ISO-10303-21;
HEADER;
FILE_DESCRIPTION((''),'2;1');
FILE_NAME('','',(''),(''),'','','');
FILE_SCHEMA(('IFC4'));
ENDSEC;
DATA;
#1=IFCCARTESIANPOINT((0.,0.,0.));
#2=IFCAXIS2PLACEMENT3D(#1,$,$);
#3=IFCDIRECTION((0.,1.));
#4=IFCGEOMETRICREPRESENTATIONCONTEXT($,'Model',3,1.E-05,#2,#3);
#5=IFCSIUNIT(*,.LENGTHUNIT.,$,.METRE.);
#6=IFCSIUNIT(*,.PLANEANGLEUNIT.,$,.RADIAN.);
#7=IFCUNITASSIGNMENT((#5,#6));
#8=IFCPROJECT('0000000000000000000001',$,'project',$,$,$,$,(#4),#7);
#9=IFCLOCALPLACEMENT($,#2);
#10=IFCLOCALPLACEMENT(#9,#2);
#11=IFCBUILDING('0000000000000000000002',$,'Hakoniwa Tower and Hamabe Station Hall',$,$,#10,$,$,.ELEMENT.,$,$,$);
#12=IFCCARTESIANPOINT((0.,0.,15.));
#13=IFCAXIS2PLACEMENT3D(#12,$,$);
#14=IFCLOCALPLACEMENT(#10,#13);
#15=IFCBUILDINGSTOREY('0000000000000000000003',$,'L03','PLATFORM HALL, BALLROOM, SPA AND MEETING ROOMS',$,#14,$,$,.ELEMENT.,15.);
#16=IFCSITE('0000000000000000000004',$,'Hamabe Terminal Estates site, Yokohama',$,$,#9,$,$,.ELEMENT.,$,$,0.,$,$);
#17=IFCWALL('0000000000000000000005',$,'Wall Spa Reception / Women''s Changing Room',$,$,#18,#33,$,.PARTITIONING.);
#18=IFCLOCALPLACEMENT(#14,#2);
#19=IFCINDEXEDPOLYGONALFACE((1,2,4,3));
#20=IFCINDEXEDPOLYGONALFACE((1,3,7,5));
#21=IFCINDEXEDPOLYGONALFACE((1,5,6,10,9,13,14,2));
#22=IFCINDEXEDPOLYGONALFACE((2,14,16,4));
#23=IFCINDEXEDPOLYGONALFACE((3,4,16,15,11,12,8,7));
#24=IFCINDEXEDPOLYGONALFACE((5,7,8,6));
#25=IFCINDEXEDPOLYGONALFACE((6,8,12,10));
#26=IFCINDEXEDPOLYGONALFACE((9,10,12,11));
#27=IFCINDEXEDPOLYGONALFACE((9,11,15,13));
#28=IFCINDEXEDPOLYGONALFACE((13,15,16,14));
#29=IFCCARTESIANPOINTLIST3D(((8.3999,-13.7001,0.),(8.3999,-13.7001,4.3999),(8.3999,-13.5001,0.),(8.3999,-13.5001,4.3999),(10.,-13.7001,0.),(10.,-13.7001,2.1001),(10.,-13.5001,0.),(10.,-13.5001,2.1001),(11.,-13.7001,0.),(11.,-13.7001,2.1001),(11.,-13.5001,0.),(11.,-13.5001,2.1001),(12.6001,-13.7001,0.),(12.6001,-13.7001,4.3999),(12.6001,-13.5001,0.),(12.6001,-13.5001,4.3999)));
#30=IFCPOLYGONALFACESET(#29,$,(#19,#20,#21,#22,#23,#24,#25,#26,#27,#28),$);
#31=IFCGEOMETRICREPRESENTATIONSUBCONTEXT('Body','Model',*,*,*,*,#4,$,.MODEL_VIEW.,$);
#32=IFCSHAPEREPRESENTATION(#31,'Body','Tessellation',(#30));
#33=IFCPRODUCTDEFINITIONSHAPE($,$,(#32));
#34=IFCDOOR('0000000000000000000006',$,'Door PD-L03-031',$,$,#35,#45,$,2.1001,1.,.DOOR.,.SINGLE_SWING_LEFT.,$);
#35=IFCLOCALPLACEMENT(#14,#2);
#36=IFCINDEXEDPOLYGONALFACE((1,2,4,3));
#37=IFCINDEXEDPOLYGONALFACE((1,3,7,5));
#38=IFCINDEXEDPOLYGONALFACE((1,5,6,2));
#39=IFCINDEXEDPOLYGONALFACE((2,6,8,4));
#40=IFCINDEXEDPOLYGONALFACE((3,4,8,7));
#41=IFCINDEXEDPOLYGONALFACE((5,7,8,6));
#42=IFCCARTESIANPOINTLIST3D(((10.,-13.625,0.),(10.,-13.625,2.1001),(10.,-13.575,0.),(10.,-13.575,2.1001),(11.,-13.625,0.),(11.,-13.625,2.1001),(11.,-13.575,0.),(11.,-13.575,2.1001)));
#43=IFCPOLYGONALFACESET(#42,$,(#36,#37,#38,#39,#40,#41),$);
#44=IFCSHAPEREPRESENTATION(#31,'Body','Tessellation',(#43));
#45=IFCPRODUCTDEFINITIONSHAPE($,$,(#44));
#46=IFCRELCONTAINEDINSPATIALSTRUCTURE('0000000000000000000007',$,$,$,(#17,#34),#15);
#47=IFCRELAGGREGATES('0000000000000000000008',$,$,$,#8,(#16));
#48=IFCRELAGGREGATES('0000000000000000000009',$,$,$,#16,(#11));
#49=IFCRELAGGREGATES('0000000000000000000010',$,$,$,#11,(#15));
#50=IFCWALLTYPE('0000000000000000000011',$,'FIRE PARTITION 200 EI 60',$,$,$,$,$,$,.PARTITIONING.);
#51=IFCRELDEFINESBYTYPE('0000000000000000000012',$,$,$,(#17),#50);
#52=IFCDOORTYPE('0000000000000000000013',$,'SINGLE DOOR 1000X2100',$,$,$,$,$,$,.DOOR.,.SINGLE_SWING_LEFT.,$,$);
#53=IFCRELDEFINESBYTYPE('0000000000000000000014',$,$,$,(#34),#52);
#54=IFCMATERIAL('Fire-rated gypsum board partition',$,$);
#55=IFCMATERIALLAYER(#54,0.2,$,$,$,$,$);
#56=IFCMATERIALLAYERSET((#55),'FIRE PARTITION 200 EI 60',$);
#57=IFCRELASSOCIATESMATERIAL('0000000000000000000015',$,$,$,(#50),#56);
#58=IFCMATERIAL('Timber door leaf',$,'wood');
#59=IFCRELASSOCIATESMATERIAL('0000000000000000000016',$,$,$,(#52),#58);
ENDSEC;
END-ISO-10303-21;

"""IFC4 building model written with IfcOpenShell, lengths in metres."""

from ifc_helpers import new_model, si_unit, direction, frame, frame_2d, origin, place, context, subcontext, project, spatial, rectangle, extrude, material, layer, layer_set, type_object, element, fill, save


model = new_model("IFC4")

# Units and contexts
model_context = context("Model", 3, precision=1e-05, world=origin(), true_north=direction((0.0, 1.0)))
body_context = subcontext(model_context, "Body", "Model", "MODEL_VIEW")
ifc_project = project(units=[si_unit("LENGTHUNIT", "METRE"), si_unit("PLANEANGLEUNIT", "RADIAN")], contexts=[model_context])

# Site, building, storey
site_placement = place(None, origin())
site = spatial("IfcSite", under=ifc_project, at=site_placement, Name="Hamabe Terminal Estates site, Yokohama", CompositionType="ELEMENT", RefElevation=0.0)
building_placement = place(site_placement, origin())
building = spatial("IfcBuilding", under=site, at=building_placement, Name="Hakoniwa Tower and Hamabe Station Hall", CompositionType="ELEMENT")
storey_placement = place(building_placement, frame((0.0, 0.0, 15.0)))
storey = spatial("IfcBuildingStorey", under=building, at=storey_placement, Name="L03", Description="PLATFORM HALL, BALLROOM, SPA AND MEETING ROOMS", CompositionType="ELEMENT", Elevation=15.0)

# Shared definitions
ifc_material_1 = material(Name="Fire-rated gypsum board partition")
ifc_layer_1 = layer(ifc_material_1, 0.2)
ifc_layer_set_1 = layer_set([ifc_layer_1], Name="FIRE PARTITION 200 EI 60")
wall_type_1 = type_object("IfcWallType", Name="FIRE PARTITION 200 EI 60", PredefinedType="PARTITIONING", material=ifc_layer_set_1)

# Wall, opening, door
ifc_material_2 = material(Name="Timber door leaf", Category="wood")
door_type_1 = type_object("IfcDoorType", Name="SINGLE DOOR 1000X2100", OperationType="SINGLE_SWING_LEFT", PredefinedType="DOOR", material=ifc_material_2)
wall_1_placement = place(storey_placement, frame((12.6001, -13.6001, 0.0), z_axis=(0.0, 0.0, 1.0), x_axis=(-1.0, 0.0, 0.0)))
wall_1 = element("IfcWall", 1, at=wall_1_placement, inside=storey, type_object=wall_type_1, Name="Wall Spa Reception / Women's Changing Room", PredefinedType="PARTITIONING", context=body_context, shape_type="SweptSolid", body=[
    extrude(rectangle(XDim=4.2002, YDim=0.2, at=frame_2d((2.1001, 0.0))), origin(), (0.0, 0.0, 1.0), 4.3999),
])
opening_1_placement = place(wall_1_placement, frame((1.6001, 0.0, 0.0)))
opening_1 = element("IfcOpeningElement", 2, at=opening_1_placement, cuts=wall_1, PredefinedType="OPENING", context=body_context, shape_type="SweptSolid", body=[
    extrude(rectangle(XDim=1.0, YDim=2.1001, at=frame_2d((0.5, 1.05))), frame((0.0, 0.1099, 0.0), z_axis=(0.0, -1.0, 0.0), x_axis=(1.0, 0.0, 0.0)), (0.0, 0.0, 1.0), 0.22),
])
door_1_placement = place(opening_1_placement, origin())
door_1 = element("IfcDoor", 3, at=door_1_placement, inside=storey, type_object=door_type_1, Name="Door PD-L03-031", OperationType="SINGLE_SWING_LEFT", OverallHeight=2.1001, OverallWidth=1.0, PredefinedType="DOOR", context=body_context, shape_type="SweptSolid", body=[
    extrude(rectangle(XDim=1.0, YDim=2.1001, at=frame_2d((0.5, 1.05))), frame((0.0, 0.0249, 0.0), z_axis=(0.0, -1.0, 0.0), x_axis=(1.0, 0.0, 0.0)), (0.0, 0.0, 1.0), 0.05),
])
fill(opening_1, door_1)

save(model, "model.ifc")
